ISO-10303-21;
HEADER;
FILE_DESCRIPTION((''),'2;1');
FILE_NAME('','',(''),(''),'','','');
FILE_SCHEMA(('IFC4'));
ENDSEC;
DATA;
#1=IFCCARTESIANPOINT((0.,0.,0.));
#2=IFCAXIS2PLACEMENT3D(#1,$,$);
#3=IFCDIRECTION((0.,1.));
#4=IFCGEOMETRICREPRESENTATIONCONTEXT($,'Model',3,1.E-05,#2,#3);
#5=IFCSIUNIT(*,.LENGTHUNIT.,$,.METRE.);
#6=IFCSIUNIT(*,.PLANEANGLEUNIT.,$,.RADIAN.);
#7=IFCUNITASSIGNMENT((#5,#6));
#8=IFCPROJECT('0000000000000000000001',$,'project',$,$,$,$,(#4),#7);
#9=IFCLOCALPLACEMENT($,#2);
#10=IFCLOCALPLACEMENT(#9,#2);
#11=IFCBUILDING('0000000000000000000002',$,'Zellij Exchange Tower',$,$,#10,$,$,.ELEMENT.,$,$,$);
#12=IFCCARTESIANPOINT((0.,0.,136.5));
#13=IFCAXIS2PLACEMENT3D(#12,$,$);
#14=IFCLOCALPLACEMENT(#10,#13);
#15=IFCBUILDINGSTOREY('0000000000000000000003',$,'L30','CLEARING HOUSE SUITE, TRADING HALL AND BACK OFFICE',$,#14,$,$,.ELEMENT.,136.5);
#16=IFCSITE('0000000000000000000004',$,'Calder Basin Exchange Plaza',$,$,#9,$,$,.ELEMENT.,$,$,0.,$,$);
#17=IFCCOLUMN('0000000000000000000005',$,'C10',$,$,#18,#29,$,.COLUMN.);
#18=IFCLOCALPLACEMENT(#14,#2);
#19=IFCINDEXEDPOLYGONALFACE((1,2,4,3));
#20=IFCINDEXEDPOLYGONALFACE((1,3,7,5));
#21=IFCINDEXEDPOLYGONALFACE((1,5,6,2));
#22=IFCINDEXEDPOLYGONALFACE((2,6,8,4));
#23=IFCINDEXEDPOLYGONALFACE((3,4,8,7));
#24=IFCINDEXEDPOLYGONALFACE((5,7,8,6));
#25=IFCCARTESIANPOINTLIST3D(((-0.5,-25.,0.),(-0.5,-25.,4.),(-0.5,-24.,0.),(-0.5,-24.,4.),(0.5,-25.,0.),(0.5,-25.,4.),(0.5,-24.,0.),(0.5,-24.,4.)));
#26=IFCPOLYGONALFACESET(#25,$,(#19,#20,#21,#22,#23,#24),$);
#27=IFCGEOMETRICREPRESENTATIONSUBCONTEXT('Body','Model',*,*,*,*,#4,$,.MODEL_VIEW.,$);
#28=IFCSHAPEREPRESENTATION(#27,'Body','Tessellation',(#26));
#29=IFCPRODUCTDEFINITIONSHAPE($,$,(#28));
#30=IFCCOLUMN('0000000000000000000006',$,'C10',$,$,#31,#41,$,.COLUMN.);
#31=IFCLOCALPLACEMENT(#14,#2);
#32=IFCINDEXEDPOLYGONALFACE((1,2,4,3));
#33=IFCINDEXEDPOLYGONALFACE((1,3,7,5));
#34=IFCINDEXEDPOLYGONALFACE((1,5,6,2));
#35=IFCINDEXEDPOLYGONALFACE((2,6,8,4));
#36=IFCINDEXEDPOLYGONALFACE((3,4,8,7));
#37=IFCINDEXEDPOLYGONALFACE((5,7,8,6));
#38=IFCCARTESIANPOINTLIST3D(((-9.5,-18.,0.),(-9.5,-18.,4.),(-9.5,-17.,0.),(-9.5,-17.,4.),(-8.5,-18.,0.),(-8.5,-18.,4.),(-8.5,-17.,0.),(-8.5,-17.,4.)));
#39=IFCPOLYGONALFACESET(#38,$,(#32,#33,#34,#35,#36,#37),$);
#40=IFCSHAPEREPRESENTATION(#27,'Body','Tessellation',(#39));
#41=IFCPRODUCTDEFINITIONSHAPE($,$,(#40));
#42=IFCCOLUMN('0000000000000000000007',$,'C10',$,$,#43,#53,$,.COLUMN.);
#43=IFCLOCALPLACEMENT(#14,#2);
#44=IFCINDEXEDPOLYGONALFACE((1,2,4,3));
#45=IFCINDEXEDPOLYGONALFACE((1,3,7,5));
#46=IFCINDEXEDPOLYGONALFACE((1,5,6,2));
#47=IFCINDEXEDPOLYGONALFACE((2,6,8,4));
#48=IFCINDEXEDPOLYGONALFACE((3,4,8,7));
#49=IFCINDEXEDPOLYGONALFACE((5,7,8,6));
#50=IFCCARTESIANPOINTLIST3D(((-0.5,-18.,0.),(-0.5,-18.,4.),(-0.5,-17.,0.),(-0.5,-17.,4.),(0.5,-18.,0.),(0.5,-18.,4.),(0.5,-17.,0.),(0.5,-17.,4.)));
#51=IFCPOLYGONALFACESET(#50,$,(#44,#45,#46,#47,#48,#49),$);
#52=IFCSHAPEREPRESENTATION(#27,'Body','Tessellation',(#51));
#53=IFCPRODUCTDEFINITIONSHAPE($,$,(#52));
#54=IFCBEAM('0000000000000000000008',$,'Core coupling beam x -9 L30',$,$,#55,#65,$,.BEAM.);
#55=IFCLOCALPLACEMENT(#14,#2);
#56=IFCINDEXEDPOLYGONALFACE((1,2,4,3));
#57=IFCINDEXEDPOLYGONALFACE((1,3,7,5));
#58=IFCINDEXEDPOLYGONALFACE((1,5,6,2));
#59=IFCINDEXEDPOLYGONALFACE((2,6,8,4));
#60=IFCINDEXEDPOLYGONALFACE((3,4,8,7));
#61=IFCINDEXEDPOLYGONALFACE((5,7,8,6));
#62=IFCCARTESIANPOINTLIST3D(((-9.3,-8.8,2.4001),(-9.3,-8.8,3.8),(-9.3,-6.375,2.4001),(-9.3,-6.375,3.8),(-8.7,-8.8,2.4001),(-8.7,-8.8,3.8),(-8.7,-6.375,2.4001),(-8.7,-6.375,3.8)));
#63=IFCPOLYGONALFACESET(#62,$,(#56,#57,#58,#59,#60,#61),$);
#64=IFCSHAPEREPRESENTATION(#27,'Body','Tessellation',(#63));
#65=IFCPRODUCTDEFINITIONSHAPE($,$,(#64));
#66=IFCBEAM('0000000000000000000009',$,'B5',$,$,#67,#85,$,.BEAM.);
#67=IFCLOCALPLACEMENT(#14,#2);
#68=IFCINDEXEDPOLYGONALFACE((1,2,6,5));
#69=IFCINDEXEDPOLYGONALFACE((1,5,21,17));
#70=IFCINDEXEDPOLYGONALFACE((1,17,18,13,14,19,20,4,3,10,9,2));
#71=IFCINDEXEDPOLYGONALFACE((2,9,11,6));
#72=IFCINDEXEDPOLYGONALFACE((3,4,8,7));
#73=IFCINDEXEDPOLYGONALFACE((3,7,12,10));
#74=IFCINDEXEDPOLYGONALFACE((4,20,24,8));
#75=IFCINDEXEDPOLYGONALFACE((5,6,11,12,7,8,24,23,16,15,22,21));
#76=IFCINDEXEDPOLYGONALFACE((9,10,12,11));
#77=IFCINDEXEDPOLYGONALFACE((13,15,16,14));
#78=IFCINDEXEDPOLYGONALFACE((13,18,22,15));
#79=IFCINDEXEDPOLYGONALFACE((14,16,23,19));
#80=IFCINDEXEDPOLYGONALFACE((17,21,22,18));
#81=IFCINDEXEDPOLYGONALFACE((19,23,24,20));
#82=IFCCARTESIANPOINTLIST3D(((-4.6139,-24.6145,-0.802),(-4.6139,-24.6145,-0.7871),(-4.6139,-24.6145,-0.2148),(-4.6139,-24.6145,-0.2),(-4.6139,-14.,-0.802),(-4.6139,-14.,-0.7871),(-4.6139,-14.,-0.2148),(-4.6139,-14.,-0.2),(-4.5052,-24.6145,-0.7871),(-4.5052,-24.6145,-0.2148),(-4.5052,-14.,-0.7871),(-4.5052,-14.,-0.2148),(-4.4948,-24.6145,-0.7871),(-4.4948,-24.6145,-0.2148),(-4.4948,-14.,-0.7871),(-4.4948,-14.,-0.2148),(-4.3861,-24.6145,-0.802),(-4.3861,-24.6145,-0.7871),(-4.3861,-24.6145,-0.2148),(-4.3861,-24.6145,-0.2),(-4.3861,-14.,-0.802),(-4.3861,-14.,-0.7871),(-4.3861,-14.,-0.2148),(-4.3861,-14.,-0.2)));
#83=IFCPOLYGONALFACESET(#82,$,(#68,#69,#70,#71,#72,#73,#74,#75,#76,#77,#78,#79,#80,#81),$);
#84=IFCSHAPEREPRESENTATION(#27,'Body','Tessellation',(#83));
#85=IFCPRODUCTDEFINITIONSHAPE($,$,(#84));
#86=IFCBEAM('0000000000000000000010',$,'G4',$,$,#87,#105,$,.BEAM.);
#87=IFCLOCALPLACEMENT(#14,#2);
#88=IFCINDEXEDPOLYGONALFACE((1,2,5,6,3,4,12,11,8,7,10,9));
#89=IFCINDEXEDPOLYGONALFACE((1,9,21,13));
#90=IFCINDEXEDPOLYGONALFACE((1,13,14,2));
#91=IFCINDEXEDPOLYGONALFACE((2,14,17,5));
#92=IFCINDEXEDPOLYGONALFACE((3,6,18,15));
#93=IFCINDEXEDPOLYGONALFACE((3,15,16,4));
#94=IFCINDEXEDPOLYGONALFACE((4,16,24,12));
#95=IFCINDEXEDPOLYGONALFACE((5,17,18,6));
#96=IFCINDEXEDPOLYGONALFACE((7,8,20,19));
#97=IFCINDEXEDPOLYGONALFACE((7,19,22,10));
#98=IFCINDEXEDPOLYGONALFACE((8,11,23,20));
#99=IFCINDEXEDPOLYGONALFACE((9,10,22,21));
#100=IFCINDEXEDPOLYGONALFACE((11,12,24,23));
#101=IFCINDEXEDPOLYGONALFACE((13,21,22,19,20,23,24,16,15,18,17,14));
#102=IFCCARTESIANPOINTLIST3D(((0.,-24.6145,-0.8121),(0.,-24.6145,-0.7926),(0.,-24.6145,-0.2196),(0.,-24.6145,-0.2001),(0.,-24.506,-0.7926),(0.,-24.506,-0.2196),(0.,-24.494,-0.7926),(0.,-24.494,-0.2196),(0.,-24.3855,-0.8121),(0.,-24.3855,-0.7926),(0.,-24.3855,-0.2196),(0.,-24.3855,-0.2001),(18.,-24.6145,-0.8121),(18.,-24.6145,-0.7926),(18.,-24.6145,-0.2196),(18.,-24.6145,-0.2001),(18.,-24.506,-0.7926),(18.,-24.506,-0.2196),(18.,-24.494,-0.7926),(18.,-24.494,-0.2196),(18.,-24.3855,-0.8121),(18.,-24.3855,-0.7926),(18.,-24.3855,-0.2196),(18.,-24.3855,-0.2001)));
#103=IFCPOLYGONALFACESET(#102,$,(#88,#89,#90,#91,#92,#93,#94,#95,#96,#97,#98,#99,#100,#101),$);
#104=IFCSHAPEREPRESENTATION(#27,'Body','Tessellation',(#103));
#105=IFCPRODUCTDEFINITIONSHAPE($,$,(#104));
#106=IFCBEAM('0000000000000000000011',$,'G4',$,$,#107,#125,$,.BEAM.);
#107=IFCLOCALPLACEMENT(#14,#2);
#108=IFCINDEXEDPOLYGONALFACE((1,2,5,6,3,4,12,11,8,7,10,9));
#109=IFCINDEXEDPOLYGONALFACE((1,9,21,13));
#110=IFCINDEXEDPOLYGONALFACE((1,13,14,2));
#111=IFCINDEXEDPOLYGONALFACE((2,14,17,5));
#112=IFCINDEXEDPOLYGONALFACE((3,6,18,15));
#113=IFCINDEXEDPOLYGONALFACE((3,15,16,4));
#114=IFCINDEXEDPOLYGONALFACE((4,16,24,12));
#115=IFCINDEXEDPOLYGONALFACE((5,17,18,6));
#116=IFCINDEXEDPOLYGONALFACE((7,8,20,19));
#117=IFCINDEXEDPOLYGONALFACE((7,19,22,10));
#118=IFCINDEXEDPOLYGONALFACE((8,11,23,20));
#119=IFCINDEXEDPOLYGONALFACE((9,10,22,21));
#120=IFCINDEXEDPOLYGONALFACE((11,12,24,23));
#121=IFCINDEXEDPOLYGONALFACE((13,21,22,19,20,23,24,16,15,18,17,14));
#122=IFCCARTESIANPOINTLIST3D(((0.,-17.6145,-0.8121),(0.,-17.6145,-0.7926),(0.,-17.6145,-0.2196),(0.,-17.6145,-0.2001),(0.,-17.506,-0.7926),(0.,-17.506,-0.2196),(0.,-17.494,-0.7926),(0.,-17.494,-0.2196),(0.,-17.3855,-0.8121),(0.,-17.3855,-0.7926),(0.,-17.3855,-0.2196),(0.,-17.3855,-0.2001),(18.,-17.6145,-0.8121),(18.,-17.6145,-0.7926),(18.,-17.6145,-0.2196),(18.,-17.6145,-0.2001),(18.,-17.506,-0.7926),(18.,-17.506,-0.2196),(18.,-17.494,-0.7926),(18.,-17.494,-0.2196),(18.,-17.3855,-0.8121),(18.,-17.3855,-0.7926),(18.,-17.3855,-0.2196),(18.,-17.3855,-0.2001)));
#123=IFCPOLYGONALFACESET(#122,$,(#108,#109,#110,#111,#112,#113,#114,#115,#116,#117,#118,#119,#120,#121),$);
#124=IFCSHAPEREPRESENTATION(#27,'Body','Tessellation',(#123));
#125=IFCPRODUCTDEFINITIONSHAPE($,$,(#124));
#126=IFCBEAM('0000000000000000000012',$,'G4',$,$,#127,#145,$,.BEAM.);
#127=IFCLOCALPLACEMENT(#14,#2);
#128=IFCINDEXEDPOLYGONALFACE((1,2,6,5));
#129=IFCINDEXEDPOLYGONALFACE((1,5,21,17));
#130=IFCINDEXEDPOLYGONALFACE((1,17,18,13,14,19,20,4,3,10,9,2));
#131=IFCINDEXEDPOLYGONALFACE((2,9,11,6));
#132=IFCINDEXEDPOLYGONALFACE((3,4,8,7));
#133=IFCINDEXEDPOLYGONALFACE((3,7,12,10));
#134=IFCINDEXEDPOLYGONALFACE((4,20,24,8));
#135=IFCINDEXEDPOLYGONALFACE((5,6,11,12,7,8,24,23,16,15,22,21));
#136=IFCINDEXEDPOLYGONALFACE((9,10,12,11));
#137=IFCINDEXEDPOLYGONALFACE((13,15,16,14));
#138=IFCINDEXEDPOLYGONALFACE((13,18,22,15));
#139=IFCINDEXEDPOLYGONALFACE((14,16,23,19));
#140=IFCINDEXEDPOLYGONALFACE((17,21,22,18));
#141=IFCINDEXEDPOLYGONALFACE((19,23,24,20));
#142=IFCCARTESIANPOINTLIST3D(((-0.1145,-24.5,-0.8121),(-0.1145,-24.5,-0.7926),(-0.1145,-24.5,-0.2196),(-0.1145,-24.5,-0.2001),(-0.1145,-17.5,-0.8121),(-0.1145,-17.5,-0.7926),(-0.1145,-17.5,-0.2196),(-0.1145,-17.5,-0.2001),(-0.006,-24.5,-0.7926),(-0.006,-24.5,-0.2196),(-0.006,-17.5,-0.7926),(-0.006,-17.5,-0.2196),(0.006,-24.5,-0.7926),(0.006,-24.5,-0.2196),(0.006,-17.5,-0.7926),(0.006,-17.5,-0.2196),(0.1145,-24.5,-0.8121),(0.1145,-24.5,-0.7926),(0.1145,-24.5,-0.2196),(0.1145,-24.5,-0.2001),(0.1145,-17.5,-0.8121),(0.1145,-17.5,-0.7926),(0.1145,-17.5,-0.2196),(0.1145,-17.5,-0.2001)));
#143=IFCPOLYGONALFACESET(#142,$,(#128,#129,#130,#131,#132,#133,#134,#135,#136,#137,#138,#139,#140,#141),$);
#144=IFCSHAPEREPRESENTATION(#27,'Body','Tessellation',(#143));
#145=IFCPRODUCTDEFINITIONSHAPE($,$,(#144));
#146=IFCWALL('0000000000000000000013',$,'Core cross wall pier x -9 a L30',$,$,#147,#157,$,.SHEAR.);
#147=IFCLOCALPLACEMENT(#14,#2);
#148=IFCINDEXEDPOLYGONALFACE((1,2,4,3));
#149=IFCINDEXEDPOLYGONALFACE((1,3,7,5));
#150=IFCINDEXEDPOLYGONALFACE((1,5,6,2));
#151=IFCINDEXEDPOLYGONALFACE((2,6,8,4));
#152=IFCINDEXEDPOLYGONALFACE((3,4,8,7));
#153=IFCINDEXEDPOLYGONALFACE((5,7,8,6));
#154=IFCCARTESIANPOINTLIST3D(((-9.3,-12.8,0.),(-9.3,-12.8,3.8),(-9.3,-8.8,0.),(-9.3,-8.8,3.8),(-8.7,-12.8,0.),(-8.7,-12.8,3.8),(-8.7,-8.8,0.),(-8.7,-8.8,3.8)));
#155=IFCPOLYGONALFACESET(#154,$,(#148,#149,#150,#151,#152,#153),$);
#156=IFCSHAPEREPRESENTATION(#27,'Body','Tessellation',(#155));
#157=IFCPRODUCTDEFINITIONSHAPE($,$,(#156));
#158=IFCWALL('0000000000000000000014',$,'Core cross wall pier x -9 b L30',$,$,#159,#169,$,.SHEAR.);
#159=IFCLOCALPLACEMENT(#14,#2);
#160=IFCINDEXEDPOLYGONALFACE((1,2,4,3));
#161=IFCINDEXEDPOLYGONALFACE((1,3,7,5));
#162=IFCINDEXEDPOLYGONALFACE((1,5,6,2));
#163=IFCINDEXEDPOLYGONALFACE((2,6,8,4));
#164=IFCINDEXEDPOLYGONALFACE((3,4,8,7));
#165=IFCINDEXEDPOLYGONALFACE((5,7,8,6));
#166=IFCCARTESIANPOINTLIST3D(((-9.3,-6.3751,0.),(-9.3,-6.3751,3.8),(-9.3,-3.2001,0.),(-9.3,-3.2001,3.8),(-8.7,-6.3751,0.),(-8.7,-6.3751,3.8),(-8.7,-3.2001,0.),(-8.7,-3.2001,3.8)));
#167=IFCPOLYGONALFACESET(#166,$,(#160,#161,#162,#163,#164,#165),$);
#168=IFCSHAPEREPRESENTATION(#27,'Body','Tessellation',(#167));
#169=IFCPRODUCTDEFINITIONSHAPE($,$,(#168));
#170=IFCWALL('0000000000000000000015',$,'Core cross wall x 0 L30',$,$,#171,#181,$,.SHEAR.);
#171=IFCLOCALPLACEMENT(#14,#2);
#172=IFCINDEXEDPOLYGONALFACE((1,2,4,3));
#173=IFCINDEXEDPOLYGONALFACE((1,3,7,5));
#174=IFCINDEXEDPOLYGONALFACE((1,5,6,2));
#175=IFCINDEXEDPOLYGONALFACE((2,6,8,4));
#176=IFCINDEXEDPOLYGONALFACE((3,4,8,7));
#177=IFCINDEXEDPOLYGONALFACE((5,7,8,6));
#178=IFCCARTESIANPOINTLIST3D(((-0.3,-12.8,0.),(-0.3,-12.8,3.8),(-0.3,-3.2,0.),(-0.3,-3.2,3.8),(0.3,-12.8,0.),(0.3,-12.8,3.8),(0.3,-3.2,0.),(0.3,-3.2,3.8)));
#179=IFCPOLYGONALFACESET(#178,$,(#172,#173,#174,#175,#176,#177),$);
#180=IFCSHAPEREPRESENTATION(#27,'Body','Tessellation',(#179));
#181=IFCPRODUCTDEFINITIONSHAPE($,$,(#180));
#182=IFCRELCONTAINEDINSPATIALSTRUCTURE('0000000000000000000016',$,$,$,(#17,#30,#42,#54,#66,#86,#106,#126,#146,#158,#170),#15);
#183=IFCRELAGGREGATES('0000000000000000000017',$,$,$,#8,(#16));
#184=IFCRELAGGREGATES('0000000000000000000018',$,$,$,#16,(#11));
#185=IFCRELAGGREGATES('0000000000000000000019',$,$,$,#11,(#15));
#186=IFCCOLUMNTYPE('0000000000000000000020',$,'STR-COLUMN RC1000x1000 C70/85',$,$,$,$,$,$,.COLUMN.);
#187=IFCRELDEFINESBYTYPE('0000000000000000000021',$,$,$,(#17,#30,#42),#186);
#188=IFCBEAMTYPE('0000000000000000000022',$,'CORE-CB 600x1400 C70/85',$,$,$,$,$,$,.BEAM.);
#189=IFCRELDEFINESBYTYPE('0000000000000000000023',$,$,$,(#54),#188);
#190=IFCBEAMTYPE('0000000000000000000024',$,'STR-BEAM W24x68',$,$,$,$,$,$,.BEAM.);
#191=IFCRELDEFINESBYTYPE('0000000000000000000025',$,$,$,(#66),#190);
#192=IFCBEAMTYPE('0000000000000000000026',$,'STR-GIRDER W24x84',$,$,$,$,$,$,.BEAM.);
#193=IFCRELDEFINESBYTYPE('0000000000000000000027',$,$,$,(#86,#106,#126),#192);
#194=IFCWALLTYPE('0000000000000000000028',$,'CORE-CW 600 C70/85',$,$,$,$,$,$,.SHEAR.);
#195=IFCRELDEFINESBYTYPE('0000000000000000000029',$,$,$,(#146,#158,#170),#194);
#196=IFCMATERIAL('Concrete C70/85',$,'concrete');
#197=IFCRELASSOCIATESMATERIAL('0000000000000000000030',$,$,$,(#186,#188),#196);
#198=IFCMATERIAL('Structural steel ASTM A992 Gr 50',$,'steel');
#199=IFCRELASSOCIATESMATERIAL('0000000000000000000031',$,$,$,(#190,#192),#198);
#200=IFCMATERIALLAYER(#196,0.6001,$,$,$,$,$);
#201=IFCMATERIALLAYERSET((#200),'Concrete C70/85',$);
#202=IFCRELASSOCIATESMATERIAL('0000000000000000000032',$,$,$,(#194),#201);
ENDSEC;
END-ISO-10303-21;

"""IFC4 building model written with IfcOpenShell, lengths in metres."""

from ifc_helpers import new_model, si_unit, direction, frame, frame_2d, origin, origin_2d, place, context, subcontext, project, spatial, rectangle, i_section, extrude, material, layer, layer_set, material_profile, profile_set, type_object, element, save


model = new_model("IFC4")

# Units and contexts
model_context = context("Model", 3, precision=1e-05, world=origin(), true_north=direction((0.0, 1.0)))
body_context = subcontext(model_context, "Body", "Model", "MODEL_VIEW")
ifc_project = project(units=[si_unit("LENGTHUNIT", "METRE"), si_unit("PLANEANGLEUNIT", "RADIAN")], contexts=[model_context])

# Site, building, storey
site_placement = place(None, origin())
site = spatial("IfcSite", under=ifc_project, at=site_placement, Name="Calder Basin Exchange Plaza", CompositionType="ELEMENT", RefElevation=0.0)
building_placement = place(site_placement, origin())
building = spatial("IfcBuilding", under=site, at=building_placement, Name="Zellij Exchange Tower", CompositionType="ELEMENT")
storey_placement = place(building_placement, frame((0.0, 0.0, 136.5)))
storey = spatial("IfcBuildingStorey", under=building, at=storey_placement, Name="L30", Description="CLEARING HOUSE SUITE, TRADING HALL AND BACK OFFICE", CompositionType="ELEMENT", Elevation=136.5)

# Columns
ifc_material_1 = material(Name="Concrete C70/85", Category="concrete")
ifc_material_profile_1 = material_profile(ifc_material_1, rectangle(XDim=1.0, YDim=1.0, at=origin_2d()), Name="STR-COLUMN RC1000x1000 C70/85")
ifc_profile_set_1 = profile_set([ifc_material_profile_1], Name="Concrete C70/85")
column_type = type_object("IfcColumnType", Name="STR-COLUMN RC1000x1000 C70/85", PredefinedType="COLUMN", material=ifc_profile_set_1)
for number, where, z_axis, x_axis, name in (
    (1, (0.0, -24.5, 0.0), (0.0, 0.0, 1.0), (1.0, 0.0, 0.0), "C10"),
    (2, (-9.0, -17.5, 0.0), (0.0, 0.0, 1.0), (1.0, 0.0, 0.0), "C10"),
    (3, (0.0, -17.5, 0.0), (0.0, 0.0, 1.0), (1.0, 0.0, 0.0), "C10"),
):
    element("IfcColumn", number, at=place(storey_placement, frame(where, z_axis=z_axis, x_axis=x_axis)), inside=storey, type_object=column_type, Name=name, PredefinedType="COLUMN", context=body_context, shape_type="SweptSolid", body=[
        extrude(rectangle(XDim=1.0, YDim=1.0, at=origin_2d()), origin(), (0.0, 0.0, 1.0), 4.0),
    ])

# Beams
ifc_material_profile_2 = material_profile(ifc_material_1, rectangle(XDim=0.6001, YDim=1.3999, at=origin_2d()), Name="CORE-CB 600x1400 C70/85")
ifc_profile_set_2 = profile_set([ifc_material_profile_2], Name="Concrete C70/85")
beam_type_1 = type_object("IfcBeamType", Name="CORE-CB 600x1400 C70/85", PredefinedType="BEAM", material=ifc_profile_set_2)
beam_1_placement = place(storey_placement, frame((-9.0, -8.8, 3.1001), z_axis=(0.0, 1.0, 0.0), x_axis=(-1.0, 0.0, 0.0)))
element("IfcBeam", 4, at=beam_1_placement, inside=storey, type_object=beam_type_1, Name="Core coupling beam x -9 L30", PredefinedType="BEAM", context=body_context, shape_type="SweptSolid", body=[
    extrude(rectangle(XDim=0.6001, YDim=1.3999, at=origin_2d()), origin(), (0.0, 0.0, 1.0), 2.425),
])
ifc_material_2 = material(Name="Structural steel ASTM A992 Gr 50", Category="steel")
ifc_material_profile_3 = material_profile(ifc_material_2, i_section(OverallWidth=0.2278, OverallDepth=0.6021, WebThickness=0.0105, FlangeThickness=0.0149, at=origin_2d()), Name="W24x68")
ifc_profile_set_3 = profile_set([ifc_material_profile_3], Name="Structural steel ASTM A992 Gr 50")
beam_type_2 = type_object("IfcBeamType", Name="STR-BEAM W24x68", PredefinedType="BEAM", material=ifc_profile_set_3)
beam_2_placement = place(storey_placement, frame((-4.5, -24.6145, -0.501), z_axis=(0.0, 1.0, 0.0), x_axis=(-1.0, 0.0, 0.0)))
element("IfcBeam", 5, at=beam_2_placement, inside=storey, type_object=beam_type_2, Name="B5", PredefinedType="BEAM", context=body_context, shape_type="SweptSolid", body=[
    extrude(i_section(OverallWidth=0.2278, OverallDepth=0.6021, WebThickness=0.0105, FlangeThickness=0.0149, at=origin_2d()), origin(), (0.0, 0.0, 1.0), 10.6145),
])
ifc_material_profile_4 = material_profile(ifc_material_2, i_section(OverallWidth=0.229, OverallDepth=0.6121, WebThickness=0.012, FlangeThickness=0.0195, at=origin_2d()), Name="W24x84")
ifc_profile_set_4 = profile_set([ifc_material_profile_4], Name="Structural steel ASTM A992 Gr 50")
beam_type_3 = type_object("IfcBeamType", Name="STR-GIRDER W24x84", PredefinedType="BEAM", material=ifc_profile_set_4)
for number, where, z_axis, x_axis, name in (
    (6, (0.0, -24.5, -0.5061), (1.0, 0.0, 0.0), (0.0, 1.0, 0.0), "G4"),
    (7, (0.0, -17.5, -0.5061), (1.0, 0.0, 0.0), (0.0, 1.0, 0.0), "G4"),
):
    element("IfcBeam", number, at=place(storey_placement, frame(where, z_axis=z_axis, x_axis=x_axis)), inside=storey, type_object=beam_type_3, Name=name, PredefinedType="BEAM", context=body_context, shape_type="SweptSolid", body=[
        extrude(i_section(OverallWidth=0.229, OverallDepth=0.6121, WebThickness=0.012, FlangeThickness=0.0195, at=origin_2d()), origin(), (0.0, 0.0, 1.0), 18.0),
    ])
beam_3_placement = place(storey_placement, frame((0.0, -24.5, -0.5061), z_axis=(0.0, 1.0, 0.0), x_axis=(-1.0, 0.0, 0.0)))
element("IfcBeam", 8, at=beam_3_placement, inside=storey, type_object=beam_type_3, Name="G4", PredefinedType="BEAM", context=body_context, shape_type="SweptSolid", body=[
    extrude(i_section(OverallWidth=0.229, OverallDepth=0.6121, WebThickness=0.012, FlangeThickness=0.0195, at=origin_2d()), origin(), (0.0, 0.0, 1.0), 7.0),
])

# Walls
ifc_layer_1 = layer(ifc_material_1, 0.6001)
ifc_layer_set_1 = layer_set([ifc_layer_1], Name="Concrete C70/85")
wall_type_1 = type_object("IfcWallType", Name="CORE-CW 600 C70/85", PredefinedType="SHEAR", material=ifc_layer_set_1)
wall_1_placement = place(storey_placement, frame((-9.0, -12.8, 0.0), z_axis=(0.0, 0.0, 1.0), x_axis=(0.0, 1.0, 0.0)))
element("IfcWall", 9, at=wall_1_placement, inside=storey, type_object=wall_type_1, Name="Core cross wall pier x -9 a L30", PredefinedType="SHEAR", context=body_context, shape_type="SweptSolid", body=[
    extrude(rectangle(XDim=4.0, YDim=0.6001, at=frame_2d((2.0, 0.0))), origin(), (0.0, 0.0, 1.0), 3.8),
])
wall_2_placement = place(storey_placement, frame((-9.0, -6.375, 0.0), z_axis=(0.0, 0.0, 1.0), x_axis=(0.0, 1.0, 0.0)))
element("IfcWall", 10, at=wall_2_placement, inside=storey, type_object=wall_type_1, Name="Core cross wall pier x -9 b L30", PredefinedType="SHEAR", context=body_context, shape_type="SweptSolid", body=[
    extrude(rectangle(XDim=3.175, YDim=0.6001, at=frame_2d((1.5874, 0.0))), origin(), (0.0, 0.0, 1.0), 3.8),
])
wall_3_placement = place(storey_placement, frame((0.0, -12.8, 0.0), z_axis=(0.0, 0.0, 1.0), x_axis=(0.0, 1.0, 0.0)))
element("IfcWall", 11, at=wall_3_placement, inside=storey, type_object=wall_type_1, Name="Core cross wall x 0 L30", PredefinedType="SHEAR", context=body_context, shape_type="SweptSolid", body=[
    extrude(rectangle(XDim=9.6001, YDim=0.6001, at=frame_2d((4.8, 0.0))), origin(), (0.0, 0.0, 1.0), 3.8),
])

save(model, "model.ifc")
